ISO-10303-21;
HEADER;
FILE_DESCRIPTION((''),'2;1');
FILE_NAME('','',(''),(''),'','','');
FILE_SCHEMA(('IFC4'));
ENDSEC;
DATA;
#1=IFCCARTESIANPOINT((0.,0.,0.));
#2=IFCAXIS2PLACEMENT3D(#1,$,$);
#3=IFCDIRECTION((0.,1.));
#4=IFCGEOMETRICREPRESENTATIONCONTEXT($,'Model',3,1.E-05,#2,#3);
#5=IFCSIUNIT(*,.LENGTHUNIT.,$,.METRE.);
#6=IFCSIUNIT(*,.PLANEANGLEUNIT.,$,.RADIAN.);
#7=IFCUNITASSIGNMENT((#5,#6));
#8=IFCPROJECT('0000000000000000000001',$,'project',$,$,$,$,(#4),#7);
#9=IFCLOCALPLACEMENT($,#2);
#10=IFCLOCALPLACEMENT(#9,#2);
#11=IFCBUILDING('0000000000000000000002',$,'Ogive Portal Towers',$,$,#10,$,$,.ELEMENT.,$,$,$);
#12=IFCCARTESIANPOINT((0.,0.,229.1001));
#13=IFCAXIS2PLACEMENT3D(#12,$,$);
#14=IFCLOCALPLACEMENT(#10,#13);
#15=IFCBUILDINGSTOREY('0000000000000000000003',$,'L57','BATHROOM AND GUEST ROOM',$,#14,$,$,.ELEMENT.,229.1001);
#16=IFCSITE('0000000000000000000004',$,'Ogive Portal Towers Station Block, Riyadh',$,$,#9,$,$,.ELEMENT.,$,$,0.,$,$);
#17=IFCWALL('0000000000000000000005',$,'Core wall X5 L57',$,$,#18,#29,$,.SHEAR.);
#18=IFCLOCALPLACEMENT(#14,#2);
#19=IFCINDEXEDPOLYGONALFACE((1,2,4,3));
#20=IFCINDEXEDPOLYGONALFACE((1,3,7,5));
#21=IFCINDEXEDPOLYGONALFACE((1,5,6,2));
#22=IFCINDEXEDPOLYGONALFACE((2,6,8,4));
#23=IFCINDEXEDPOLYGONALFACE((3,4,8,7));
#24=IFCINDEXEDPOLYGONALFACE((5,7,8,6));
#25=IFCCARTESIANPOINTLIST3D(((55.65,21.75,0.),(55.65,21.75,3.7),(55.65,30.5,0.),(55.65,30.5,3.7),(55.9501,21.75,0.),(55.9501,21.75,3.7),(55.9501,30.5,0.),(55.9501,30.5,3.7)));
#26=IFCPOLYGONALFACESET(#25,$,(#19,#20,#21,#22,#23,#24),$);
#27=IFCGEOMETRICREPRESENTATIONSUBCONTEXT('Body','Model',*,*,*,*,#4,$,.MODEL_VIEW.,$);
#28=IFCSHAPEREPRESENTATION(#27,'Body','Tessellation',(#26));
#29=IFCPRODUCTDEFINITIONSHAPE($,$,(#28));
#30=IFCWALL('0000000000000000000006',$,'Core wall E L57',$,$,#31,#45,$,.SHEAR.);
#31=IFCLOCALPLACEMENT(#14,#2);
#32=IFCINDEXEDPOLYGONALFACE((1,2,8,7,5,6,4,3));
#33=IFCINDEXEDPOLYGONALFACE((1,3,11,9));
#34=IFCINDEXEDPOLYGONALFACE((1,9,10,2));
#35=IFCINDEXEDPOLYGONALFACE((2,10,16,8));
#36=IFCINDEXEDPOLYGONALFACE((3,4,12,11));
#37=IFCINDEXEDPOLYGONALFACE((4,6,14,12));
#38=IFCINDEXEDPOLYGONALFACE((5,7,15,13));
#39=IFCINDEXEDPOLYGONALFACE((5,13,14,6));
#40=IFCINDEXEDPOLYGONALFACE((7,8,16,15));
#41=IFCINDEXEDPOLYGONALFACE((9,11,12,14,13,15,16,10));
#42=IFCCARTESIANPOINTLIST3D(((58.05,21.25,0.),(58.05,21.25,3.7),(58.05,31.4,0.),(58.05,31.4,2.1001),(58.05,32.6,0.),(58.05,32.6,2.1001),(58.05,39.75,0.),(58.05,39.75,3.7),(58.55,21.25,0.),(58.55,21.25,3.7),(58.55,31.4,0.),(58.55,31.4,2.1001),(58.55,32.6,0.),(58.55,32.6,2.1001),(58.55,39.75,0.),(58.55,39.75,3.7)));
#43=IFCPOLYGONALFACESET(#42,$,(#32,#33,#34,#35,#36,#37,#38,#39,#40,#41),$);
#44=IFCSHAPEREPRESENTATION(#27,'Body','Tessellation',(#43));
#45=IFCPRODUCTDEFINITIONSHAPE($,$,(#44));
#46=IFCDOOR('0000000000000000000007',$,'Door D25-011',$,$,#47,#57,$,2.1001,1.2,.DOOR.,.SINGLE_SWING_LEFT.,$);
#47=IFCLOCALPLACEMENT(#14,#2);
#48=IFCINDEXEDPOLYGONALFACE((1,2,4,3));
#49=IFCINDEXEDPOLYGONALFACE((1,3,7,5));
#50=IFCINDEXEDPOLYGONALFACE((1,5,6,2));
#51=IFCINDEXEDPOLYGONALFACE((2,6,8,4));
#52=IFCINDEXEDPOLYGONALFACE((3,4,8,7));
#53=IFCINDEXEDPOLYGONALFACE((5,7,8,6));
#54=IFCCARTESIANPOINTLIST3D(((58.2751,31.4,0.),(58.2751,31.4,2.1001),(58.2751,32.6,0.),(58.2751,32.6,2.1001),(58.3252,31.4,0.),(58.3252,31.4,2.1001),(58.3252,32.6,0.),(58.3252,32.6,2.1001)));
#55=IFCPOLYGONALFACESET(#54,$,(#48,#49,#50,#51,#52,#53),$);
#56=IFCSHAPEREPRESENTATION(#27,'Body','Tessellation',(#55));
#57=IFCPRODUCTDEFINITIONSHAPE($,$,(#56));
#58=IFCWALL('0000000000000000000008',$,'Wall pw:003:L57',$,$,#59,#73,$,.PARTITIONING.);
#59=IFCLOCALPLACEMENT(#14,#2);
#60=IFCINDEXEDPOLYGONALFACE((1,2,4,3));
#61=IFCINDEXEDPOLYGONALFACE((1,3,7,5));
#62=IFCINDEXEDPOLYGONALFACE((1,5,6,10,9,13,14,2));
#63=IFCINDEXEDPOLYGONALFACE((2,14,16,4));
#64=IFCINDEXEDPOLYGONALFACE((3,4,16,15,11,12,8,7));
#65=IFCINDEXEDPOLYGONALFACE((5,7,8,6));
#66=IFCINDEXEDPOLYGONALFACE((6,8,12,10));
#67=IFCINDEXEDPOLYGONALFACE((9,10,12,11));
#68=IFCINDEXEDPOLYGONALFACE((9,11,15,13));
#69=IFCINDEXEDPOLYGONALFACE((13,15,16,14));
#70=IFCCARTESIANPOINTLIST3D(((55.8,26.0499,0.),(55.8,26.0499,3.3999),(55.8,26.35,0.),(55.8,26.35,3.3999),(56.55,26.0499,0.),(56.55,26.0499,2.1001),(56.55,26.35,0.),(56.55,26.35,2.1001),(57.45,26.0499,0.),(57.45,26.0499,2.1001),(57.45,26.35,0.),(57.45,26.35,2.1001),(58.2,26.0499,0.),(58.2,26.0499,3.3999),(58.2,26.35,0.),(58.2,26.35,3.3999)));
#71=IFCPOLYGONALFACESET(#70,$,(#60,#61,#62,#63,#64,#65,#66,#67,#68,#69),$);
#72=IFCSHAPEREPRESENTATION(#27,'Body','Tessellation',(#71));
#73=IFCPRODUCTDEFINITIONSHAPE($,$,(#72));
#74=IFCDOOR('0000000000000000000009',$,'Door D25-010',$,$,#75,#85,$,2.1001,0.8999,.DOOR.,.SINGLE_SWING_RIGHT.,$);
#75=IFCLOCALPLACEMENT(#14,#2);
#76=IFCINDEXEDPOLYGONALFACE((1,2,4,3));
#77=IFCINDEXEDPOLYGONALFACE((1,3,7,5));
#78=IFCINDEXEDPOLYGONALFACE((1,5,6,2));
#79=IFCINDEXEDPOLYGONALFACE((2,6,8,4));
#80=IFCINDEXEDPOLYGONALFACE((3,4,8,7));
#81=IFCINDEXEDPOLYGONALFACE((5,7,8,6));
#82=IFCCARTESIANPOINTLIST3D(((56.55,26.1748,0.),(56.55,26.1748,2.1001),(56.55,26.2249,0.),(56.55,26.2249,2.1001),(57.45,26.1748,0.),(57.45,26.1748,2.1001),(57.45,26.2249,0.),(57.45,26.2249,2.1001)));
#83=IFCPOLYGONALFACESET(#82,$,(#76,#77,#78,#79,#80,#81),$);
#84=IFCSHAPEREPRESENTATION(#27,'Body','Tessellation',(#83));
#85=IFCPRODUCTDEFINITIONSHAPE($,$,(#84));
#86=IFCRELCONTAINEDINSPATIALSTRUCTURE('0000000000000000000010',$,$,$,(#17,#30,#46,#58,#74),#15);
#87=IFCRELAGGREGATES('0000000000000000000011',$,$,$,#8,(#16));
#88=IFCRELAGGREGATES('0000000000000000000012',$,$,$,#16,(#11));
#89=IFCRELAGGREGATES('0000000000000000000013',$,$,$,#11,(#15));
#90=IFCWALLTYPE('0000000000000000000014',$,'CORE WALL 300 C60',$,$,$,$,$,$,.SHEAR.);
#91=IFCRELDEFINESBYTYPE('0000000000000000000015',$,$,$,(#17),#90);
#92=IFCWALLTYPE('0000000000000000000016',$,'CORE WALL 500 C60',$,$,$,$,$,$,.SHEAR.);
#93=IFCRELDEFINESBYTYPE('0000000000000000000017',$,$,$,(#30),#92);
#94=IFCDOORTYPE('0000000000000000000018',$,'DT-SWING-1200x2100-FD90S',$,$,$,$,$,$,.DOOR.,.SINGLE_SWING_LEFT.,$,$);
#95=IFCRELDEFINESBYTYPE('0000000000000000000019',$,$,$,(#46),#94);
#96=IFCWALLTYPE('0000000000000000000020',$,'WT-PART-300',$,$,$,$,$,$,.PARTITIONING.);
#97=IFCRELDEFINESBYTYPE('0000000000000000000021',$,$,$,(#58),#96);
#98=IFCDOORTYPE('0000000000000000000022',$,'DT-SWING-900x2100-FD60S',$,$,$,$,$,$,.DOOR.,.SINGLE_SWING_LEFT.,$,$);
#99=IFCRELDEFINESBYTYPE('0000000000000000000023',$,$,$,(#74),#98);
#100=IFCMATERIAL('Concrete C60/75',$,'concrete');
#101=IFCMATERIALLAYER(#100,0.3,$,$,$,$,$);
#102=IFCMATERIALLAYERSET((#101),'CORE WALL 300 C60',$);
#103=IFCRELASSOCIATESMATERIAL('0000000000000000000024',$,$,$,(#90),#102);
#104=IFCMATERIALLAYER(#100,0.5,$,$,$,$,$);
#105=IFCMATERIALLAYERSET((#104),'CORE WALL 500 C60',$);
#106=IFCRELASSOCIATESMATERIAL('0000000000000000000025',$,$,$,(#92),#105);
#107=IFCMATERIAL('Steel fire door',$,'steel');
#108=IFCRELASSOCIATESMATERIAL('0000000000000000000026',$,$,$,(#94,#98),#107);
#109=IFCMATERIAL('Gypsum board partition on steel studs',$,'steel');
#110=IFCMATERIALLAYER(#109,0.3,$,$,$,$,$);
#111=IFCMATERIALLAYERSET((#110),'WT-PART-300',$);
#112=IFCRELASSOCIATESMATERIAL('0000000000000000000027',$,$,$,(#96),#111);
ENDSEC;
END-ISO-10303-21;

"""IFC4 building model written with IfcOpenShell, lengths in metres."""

from ifc_helpers import new_model, si_unit, direction, frame, frame_2d, origin, place, context, subcontext, project, spatial, rectangle, extrude, material, layer, layer_set, type_object, element, fill, save


model = new_model("IFC4")

# Units and contexts
model_context = context("Model", 3, precision=1e-05, world=origin(), true_north=direction((0.0, 1.0)))
body_context = subcontext(model_context, "Body", "Model", "MODEL_VIEW")
ifc_project = project(units=[si_unit("LENGTHUNIT", "METRE"), si_unit("PLANEANGLEUNIT", "RADIAN")], contexts=[model_context])

# Site, building, storey
site_placement = place(None, origin())
site = spatial("IfcSite", under=ifc_project, at=site_placement, Name="Ogive Portal Towers Station Block, Riyadh", CompositionType="ELEMENT", RefElevation=0.0)
building_placement = place(site_placement, origin())
building = spatial("IfcBuilding", under=site, at=building_placement, Name="Ogive Portal Towers", CompositionType="ELEMENT")
storey_placement = place(building_placement, frame((0.0, 0.0, 229.1001)))
storey = spatial("IfcBuildingStorey", under=building, at=storey_placement, Name="L57", Description="BATHROOM AND GUEST ROOM", CompositionType="ELEMENT", Elevation=229.1001)

# Wall
ifc_material_1 = material(Name="Concrete C60/75", Category="concrete")
ifc_layer_1 = layer(ifc_material_1, 0.3)
ifc_layer_set_1 = layer_set([ifc_layer_1], Name="CORE WALL 300 C60")
wall_type_1 = type_object("IfcWallType", Name="CORE WALL 300 C60", PredefinedType="SHEAR", material=ifc_layer_set_1)
wall_1_placement = place(storey_placement, frame((55.8, 21.75, 0.0), z_axis=(0.0, 0.0, 1.0), x_axis=(0.0, 1.0, 0.0)))
element("IfcWall", 1, at=wall_1_placement, inside=storey, type_object=wall_type_1, Name="Core wall X5 L57", PredefinedType="SHEAR", context=body_context, shape_type="SweptSolid", body=[
    extrude(rectangle(XDim=8.75, YDim=0.3, at=frame_2d((4.375, 0.0))), origin(), (0.0, 0.0, 1.0), 3.7),
])

# Walls, openings, doors
ifc_layer_2 = layer(ifc_material_1, 0.5)
ifc_layer_set_2 = layer_set([ifc_layer_2], Name="CORE WALL 500 C60")
wall_type_2 = type_object("IfcWallType", Name="CORE WALL 500 C60", PredefinedType="SHEAR", material=ifc_layer_set_2)
wall_2_placement = place(storey_placement, frame((58.3, 21.25, 0.0), z_axis=(0.0, 0.0, 1.0), x_axis=(0.0, 1.0, 0.0)))
wall_2 = element("IfcWall", 2, at=wall_2_placement, inside=storey, type_object=wall_type_2, Name="Core wall E L57", PredefinedType="SHEAR", context=body_context, shape_type="SweptSolid", body=[
    extrude(rectangle(XDim=18.5, YDim=0.5, at=frame_2d((9.25, 0.0))), origin(), (0.0, 0.0, 1.0), 3.7),
])
opening_1_placement = place(wall_2_placement, frame((10.1499, 0.0, 0.0)))
opening_1 = element("IfcOpeningElement", 3, at=opening_1_placement, cuts=wall_2, PredefinedType="OPENING", context=body_context, shape_type="SweptSolid", body=[
    extrude(rectangle(XDim=1.2, YDim=2.1001, at=frame_2d((0.6001, 1.05))), frame((0.0, 0.26, 0.0), z_axis=(0.0, -1.0, 0.0), x_axis=(1.0, 0.0, 0.0)), (0.0, 0.0, 1.0), 0.52),
])
ifc_material_2 = material(Name="Steel fire door", Category="steel")
door_type_1 = type_object("IfcDoorType", Name="DT-SWING-1200x2100-FD90S", OperationType="SINGLE_SWING_LEFT", PredefinedType="DOOR", material=ifc_material_2)
door_1_placement = place(opening_1_placement, origin())
door_1 = element("IfcDoor", 4, at=door_1_placement, inside=storey, type_object=door_type_1, Name="Door D25-011", OperationType="SINGLE_SWING_LEFT", OverallHeight=2.1001, OverallWidth=1.2, PredefinedType="DOOR", context=body_context, shape_type="SweptSolid", body=[
    extrude(rectangle(XDim=1.2, YDim=2.1001, at=frame_2d((0.6001, 1.05))), frame((0.0, 0.0249, 0.0), z_axis=(0.0, -1.0, 0.0), x_axis=(1.0, 0.0, 0.0)), (0.0, 0.0, 1.0), 0.05),
])
fill(opening_1, door_1)
ifc_material_3 = material(Name="Gypsum board partition on steel studs", Category="steel")
ifc_layer_3 = layer(ifc_material_3, 0.3)
ifc_layer_set_3 = layer_set([ifc_layer_3], Name="WT-PART-300")
wall_type_3 = type_object("IfcWallType", Name="WT-PART-300", PredefinedType="PARTITIONING", material=ifc_layer_set_3)
wall_3_placement = place(storey_placement, frame((55.8, 26.2, 0.0), z_axis=(0.0, 0.0, 1.0), x_axis=(1.0, 0.0, 0.0)))
wall_3 = element("IfcWall", 5, at=wall_3_placement, inside=storey, type_object=wall_type_3, Name="Wall pw:003:L57", PredefinedType="PARTITIONING", context=body_context, shape_type="SweptSolid", body=[
    extrude(rectangle(XDim=2.3999, YDim=0.3, at=frame_2d((1.2, 0.0))), origin(), (0.0, 0.0, 1.0), 3.3999),
])
opening_2_placement = place(wall_3_placement, frame((0.75, 0.0, 0.0)))
opening_2 = element("IfcOpeningElement", 6, at=opening_2_placement, cuts=wall_3, PredefinedType="OPENING", context=body_context, shape_type="SweptSolid", body=[
    extrude(rectangle(XDim=0.8999, YDim=2.1001, at=frame_2d((0.45, 1.05))), frame((0.0, 0.1602, 0.0), z_axis=(0.0, -1.0, 0.0), x_axis=(1.0, 0.0, 0.0)), (0.0, 0.0, 1.0), 0.3201),
])
door_type_2 = type_object("IfcDoorType", Name="DT-SWING-900x2100-FD60S", OperationType="SINGLE_SWING_LEFT", PredefinedType="DOOR", material=ifc_material_2)
door_2_placement = place(opening_2_placement, origin())
door_2 = element("IfcDoor", 7, at=door_2_placement, inside=storey, type_object=door_type_2, Name="Door D25-010", OperationType="SINGLE_SWING_RIGHT", OverallHeight=2.1001, OverallWidth=0.8999, PredefinedType="DOOR", context=body_context, shape_type="SweptSolid", body=[
    extrude(rectangle(XDim=0.8999, YDim=2.1001, at=frame_2d((0.45, 1.05))), frame((0.0, 0.0249, 0.0), z_axis=(0.0, -1.0, 0.0), x_axis=(1.0, 0.0, 0.0)), (0.0, 0.0, 1.0), 0.05),
])
fill(opening_2, door_2)

save(model, "model.ifc")
